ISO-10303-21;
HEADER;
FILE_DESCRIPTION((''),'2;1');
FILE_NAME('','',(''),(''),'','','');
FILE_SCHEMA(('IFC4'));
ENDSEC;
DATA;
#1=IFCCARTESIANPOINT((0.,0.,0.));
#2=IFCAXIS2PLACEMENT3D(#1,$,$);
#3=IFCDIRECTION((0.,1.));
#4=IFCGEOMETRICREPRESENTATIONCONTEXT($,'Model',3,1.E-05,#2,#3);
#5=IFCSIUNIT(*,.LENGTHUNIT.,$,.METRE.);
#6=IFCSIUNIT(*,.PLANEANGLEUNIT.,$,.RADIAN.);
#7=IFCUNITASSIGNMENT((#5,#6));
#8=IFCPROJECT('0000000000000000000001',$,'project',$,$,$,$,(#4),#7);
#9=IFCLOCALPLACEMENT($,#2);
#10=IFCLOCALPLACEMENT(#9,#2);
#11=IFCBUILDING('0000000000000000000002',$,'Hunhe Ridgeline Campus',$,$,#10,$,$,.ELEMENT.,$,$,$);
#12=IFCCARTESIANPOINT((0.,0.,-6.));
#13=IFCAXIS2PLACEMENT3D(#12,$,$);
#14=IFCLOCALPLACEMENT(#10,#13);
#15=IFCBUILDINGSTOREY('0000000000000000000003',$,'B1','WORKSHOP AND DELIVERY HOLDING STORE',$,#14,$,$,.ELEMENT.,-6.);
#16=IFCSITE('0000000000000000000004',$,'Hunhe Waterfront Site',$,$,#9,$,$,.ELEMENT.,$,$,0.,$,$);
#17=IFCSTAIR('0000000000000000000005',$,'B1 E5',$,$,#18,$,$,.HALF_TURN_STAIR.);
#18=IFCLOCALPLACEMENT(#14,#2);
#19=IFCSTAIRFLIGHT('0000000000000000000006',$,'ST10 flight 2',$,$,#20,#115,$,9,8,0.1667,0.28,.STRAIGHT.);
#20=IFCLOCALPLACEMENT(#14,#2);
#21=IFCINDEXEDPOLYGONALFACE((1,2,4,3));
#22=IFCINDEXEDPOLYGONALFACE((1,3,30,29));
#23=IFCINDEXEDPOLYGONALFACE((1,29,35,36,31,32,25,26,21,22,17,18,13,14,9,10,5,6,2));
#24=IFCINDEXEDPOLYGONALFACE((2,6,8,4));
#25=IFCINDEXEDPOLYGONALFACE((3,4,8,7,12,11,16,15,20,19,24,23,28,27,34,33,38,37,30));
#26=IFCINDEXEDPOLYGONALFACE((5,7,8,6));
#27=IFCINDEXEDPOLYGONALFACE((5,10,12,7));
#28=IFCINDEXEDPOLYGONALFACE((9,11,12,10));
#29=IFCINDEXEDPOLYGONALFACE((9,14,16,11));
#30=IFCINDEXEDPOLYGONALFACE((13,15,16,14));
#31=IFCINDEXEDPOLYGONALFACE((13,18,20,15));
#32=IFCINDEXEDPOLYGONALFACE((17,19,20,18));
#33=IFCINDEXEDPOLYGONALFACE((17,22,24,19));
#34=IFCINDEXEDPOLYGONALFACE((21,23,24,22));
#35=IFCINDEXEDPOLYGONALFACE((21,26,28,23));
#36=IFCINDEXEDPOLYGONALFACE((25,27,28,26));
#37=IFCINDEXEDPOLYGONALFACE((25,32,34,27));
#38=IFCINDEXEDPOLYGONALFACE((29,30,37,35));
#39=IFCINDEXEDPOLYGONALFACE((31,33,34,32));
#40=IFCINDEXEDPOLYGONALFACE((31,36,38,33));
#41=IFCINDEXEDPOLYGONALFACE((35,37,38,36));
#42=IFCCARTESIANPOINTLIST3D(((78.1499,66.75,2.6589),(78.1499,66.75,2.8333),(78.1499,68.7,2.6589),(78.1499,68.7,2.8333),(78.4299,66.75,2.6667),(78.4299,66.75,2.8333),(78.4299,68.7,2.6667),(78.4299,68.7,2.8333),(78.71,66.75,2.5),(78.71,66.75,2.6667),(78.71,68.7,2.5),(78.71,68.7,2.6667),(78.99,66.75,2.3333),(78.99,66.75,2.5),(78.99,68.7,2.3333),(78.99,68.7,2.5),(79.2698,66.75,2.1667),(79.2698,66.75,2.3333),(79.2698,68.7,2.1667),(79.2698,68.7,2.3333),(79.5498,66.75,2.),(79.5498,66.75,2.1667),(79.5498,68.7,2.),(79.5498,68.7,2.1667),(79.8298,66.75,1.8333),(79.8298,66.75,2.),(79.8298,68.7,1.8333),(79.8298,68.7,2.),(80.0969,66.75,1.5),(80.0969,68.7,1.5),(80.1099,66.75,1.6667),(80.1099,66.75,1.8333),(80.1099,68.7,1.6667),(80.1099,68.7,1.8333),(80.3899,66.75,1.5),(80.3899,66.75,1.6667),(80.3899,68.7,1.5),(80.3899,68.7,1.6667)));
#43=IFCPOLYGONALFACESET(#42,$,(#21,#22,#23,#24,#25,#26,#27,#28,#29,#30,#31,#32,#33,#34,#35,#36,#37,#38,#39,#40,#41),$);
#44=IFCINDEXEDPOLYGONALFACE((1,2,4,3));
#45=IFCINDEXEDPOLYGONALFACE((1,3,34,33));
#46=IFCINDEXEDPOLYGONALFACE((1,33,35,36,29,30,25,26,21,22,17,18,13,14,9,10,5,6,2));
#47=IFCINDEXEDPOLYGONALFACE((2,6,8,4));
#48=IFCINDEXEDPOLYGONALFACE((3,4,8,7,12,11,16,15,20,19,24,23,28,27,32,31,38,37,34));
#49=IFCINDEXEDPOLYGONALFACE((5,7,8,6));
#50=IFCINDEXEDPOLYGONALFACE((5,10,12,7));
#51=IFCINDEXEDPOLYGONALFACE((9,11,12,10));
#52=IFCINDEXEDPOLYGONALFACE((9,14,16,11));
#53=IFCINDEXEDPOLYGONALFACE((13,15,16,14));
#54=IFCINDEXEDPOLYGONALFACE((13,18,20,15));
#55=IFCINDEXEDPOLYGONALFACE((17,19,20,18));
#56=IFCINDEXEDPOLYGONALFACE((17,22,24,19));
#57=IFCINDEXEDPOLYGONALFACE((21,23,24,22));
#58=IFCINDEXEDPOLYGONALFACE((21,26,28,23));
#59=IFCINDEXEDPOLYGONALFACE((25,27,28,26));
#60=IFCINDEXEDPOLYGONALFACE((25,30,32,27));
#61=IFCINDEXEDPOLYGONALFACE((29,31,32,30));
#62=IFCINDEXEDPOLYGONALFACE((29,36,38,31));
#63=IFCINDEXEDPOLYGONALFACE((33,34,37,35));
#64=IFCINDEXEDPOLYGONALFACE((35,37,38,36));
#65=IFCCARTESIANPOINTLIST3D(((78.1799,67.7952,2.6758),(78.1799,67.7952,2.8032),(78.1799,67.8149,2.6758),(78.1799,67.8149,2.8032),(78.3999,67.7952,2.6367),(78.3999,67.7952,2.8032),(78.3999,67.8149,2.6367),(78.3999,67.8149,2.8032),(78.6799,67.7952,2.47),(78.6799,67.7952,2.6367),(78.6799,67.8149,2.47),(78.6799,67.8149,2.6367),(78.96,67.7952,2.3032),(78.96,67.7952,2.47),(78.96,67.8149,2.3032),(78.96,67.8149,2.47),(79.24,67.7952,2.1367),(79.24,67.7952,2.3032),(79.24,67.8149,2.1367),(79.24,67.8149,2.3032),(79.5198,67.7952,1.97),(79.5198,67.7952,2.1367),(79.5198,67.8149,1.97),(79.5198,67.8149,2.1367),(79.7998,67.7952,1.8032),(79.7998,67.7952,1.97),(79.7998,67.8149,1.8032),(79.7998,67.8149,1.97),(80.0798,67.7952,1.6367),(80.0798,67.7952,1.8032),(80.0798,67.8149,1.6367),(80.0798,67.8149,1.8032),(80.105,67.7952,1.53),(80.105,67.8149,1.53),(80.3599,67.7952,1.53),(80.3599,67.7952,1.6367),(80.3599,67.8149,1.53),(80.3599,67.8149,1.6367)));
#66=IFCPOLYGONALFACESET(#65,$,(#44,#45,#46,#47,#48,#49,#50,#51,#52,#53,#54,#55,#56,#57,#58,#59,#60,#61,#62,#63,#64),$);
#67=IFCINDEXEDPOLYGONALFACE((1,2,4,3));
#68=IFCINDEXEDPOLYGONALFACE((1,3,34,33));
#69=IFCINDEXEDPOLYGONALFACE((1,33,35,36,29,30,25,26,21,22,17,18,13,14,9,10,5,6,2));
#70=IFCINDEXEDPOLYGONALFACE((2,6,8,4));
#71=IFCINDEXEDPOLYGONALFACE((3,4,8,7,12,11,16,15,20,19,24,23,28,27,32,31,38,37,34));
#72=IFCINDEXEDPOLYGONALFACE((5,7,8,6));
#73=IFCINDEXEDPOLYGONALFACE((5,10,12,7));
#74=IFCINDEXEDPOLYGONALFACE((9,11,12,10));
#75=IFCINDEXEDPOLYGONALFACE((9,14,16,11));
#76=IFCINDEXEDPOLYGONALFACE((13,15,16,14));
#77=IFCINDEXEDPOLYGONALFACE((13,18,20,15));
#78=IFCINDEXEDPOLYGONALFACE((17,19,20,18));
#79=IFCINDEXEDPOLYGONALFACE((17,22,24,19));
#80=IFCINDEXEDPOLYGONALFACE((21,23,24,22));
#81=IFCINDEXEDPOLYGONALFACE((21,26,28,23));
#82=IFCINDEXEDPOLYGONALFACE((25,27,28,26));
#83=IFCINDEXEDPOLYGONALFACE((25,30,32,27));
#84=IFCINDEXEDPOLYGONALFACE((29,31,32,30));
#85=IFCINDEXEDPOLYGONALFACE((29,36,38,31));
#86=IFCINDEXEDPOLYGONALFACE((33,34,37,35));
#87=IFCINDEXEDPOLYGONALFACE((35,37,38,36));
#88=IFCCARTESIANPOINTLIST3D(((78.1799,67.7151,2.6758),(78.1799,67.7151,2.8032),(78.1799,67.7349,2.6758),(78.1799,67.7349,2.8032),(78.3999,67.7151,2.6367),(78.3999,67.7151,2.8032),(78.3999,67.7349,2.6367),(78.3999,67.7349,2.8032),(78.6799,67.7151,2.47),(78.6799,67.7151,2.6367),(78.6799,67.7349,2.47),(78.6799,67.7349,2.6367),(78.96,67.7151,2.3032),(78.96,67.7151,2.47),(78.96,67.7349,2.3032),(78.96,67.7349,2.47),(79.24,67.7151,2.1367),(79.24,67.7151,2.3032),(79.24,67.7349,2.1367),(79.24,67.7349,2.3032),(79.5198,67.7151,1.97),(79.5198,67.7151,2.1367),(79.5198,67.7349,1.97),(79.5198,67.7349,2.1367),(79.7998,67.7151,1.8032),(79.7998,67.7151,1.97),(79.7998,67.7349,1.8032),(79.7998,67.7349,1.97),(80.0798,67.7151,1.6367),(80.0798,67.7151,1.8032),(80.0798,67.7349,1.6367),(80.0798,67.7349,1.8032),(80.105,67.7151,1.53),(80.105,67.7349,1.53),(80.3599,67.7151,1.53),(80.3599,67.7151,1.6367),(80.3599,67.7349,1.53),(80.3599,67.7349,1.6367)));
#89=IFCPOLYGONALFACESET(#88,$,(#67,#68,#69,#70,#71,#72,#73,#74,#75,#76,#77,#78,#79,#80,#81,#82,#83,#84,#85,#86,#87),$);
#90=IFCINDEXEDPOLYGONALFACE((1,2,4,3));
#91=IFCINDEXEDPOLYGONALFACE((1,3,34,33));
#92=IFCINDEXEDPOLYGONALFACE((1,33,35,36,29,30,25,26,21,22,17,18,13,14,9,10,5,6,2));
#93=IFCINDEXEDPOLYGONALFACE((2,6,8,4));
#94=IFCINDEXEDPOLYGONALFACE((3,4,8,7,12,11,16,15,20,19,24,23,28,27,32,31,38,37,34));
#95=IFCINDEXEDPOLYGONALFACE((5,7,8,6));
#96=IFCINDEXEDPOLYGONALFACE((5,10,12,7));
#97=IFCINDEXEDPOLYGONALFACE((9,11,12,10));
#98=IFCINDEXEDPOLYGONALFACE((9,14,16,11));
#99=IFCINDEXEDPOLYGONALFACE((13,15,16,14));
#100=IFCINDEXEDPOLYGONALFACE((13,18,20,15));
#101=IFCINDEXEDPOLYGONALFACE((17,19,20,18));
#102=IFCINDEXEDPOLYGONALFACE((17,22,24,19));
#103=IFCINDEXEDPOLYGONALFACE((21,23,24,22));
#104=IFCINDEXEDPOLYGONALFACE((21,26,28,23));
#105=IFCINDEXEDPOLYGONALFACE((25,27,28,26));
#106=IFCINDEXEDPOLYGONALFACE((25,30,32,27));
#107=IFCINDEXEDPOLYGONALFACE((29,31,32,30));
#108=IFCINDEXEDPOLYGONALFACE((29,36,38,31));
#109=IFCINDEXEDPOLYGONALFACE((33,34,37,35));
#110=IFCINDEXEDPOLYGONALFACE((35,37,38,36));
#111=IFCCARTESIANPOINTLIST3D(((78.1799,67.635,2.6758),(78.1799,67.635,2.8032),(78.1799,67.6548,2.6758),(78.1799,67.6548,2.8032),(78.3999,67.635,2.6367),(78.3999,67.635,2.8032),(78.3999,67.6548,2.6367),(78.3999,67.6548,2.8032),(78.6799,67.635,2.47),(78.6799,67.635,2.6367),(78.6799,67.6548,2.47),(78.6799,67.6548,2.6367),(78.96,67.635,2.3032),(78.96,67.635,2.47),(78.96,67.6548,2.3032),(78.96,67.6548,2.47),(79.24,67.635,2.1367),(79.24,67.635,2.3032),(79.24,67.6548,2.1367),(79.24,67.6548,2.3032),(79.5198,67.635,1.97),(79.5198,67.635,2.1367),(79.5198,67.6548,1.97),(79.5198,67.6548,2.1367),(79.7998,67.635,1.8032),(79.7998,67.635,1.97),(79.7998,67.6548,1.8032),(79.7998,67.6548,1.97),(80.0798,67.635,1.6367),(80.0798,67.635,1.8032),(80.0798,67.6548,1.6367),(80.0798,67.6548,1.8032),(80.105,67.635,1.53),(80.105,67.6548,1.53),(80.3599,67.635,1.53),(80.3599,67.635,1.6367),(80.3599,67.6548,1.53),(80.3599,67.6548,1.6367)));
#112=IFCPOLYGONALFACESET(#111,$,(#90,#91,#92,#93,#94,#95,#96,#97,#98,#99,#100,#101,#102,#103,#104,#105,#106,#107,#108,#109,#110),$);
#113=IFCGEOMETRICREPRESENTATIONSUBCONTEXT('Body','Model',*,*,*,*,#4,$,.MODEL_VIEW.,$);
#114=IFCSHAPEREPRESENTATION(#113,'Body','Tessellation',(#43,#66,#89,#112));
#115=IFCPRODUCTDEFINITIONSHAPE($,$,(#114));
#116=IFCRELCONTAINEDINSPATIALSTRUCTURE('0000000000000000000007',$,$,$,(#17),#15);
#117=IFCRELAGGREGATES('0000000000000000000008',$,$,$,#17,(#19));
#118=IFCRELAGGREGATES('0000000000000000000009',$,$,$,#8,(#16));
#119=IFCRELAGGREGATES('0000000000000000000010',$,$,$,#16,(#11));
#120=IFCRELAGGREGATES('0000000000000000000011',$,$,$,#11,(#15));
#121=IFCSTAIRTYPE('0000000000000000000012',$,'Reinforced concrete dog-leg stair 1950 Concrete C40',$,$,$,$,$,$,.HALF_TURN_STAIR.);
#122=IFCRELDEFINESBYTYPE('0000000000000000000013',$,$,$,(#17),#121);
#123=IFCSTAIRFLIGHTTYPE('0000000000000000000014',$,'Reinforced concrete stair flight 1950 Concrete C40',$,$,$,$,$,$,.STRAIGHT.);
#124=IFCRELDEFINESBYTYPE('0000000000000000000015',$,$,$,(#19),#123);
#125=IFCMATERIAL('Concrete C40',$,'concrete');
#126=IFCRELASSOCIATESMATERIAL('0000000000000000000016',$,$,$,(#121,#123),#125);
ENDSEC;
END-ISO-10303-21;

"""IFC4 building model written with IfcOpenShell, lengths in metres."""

from ifc_helpers import new_model, si_unit, direction, frame, origin, place, context, subcontext, project, spatial, polyline, outline, extrude, material, type_object, element, aggregate, save


model = new_model("IFC4")

# Units and contexts
model_context = context("Model", 3, precision=1e-05, world=origin(), true_north=direction((0.0, 1.0)))
body_context = subcontext(model_context, "Body", "Model", "MODEL_VIEW")
ifc_project = project(units=[si_unit("LENGTHUNIT", "METRE"), si_unit("PLANEANGLEUNIT", "RADIAN")], contexts=[model_context])

# Site, building, storey
site_placement = place(None, origin())
site = spatial("IfcSite", under=ifc_project, at=site_placement, Name="Hunhe Waterfront Site", CompositionType="ELEMENT", RefElevation=0.0)
building_placement = place(site_placement, origin())
building = spatial("IfcBuilding", under=site, at=building_placement, Name="Hunhe Ridgeline Campus", CompositionType="ELEMENT")
storey_placement = place(building_placement, frame((0.0, 0.0, -6.0)))
storey = spatial("IfcBuildingStorey", under=building, at=storey_placement, Name="B1", Description="WORKSHOP AND DELIVERY HOLDING STORE", CompositionType="ELEMENT", Elevation=-6.0)

# Stair, stair flight
ifc_material_1 = material(Name="Concrete C40", Category="concrete")
stair_type = type_object("IfcStairType", Name="Reinforced concrete dog-leg stair 1950 Concrete C40", PredefinedType="HALF_TURN_STAIR", material=ifc_material_1)
stair_placement = place(storey_placement, origin())
stair = element("IfcStair", 1, at=stair_placement, inside=storey, type_object=stair_type, Name="B1 E5", PredefinedType="HALF_TURN_STAIR")
stair_flight_type = type_object("IfcStairFlightType", Name="Reinforced concrete stair flight 1950 Concrete C40", PredefinedType="STRAIGHT", material=ifc_material_1)
stair_flight_1_placement = place(storey_placement, frame((80.3899, 67.7251, 1.5), z_axis=(0.0, 0.0, 1.0), x_axis=(-1.0, 0.0, 0.0)))
stair_flight_1 = element("IfcStairFlight", 2, at=stair_flight_1_placement, type_object=stair_flight_type, Name="ST10 flight 2", NumberOfRisers=9, NumberOfTreads=8, PredefinedType="STRAIGHT", RiserHeight=0.1667, TreadLength=0.28, context=body_context, shape_type="SweptSolid", body=[
    extrude(outline(polyline([(0.0, 0.0), (0.0, 0.1667), (0.28, 0.1667), (0.28, 0.3333), (0.5601, 0.3333), (0.5601, 0.5), (0.8401, 0.5), (0.8401, 0.6667), (1.1201, 0.6667), (1.1201, 0.8333), (1.3999, 0.8333), (1.3999, 1.0), (1.6799, 1.0), (1.6799, 1.1667), (1.96, 1.1667), (1.96, 1.3333), (2.24, 1.3333), (2.24, 1.5), (2.24, 1.1589), (0.293, 0.0), (0.0, 0.0)])), frame((0.0, 0.9751, 0.0), z_axis=(0.0, -1.0, 0.0), x_axis=(1.0, 0.0, 0.0)), (0.0, 0.0, 1.0), 1.95),
    extrude(outline(polyline([(0.03, 0.03), (0.03, 0.1367), (0.3101, 0.1367), (0.3101, 0.3032), (0.5901, 0.3032), (0.5901, 0.47), (0.8701, 0.47), (0.8701, 0.6367), (1.1499, 0.6367), (1.1499, 0.8032), (1.4299, 0.8032), (1.4299, 0.97), (1.71, 0.97), (1.71, 1.1367), (1.99, 1.1367), (1.99, 1.3032), (2.21, 1.3032), (2.21, 1.1758), (0.2849, 0.03), (0.03, 0.03)])), frame((0.0, -0.0701, 0.0), z_axis=(0.0, -1.0, 0.0), x_axis=(1.0, 0.0, 0.0)), (0.0, 0.0, 1.0), 0.0198),
    extrude(outline(polyline([(0.03, 0.03), (0.03, 0.1367), (0.3101, 0.1367), (0.3101, 0.3032), (0.5901, 0.3032), (0.5901, 0.47), (0.8701, 0.47), (0.8701, 0.6367), (1.1499, 0.6367), (1.1499, 0.8032), (1.4299, 0.8032), (1.4299, 0.97), (1.71, 0.97), (1.71, 1.1367), (1.99, 1.1367), (1.99, 1.3032), (2.21, 1.3032), (2.21, 1.1758), (0.2849, 0.03), (0.03, 0.03)])), frame((0.0, 0.01, 0.0), z_axis=(0.0, -1.0, 0.0), x_axis=(1.0, 0.0, 0.0)), (0.0, 0.0, 1.0), 0.0198),
    extrude(outline(polyline([(0.03, 0.03), (0.03, 0.1367), (0.3101, 0.1367), (0.3101, 0.3032), (0.5901, 0.3032), (0.5901, 0.47), (0.8701, 0.47), (0.8701, 0.6367), (1.1499, 0.6367), (1.1499, 0.8032), (1.4299, 0.8032), (1.4299, 0.97), (1.71, 0.97), (1.71, 1.1367), (1.99, 1.1367), (1.99, 1.3032), (2.21, 1.3032), (2.21, 1.1758), (0.2849, 0.03), (0.03, 0.03)])), frame((0.0, 0.0901, 0.0), z_axis=(0.0, -1.0, 0.0), x_axis=(1.0, 0.0, 0.0)), (0.0, 0.0, 1.0), 0.0198),
])
aggregate(stair, [stair_flight_1])

save(model, "model.ifc")
